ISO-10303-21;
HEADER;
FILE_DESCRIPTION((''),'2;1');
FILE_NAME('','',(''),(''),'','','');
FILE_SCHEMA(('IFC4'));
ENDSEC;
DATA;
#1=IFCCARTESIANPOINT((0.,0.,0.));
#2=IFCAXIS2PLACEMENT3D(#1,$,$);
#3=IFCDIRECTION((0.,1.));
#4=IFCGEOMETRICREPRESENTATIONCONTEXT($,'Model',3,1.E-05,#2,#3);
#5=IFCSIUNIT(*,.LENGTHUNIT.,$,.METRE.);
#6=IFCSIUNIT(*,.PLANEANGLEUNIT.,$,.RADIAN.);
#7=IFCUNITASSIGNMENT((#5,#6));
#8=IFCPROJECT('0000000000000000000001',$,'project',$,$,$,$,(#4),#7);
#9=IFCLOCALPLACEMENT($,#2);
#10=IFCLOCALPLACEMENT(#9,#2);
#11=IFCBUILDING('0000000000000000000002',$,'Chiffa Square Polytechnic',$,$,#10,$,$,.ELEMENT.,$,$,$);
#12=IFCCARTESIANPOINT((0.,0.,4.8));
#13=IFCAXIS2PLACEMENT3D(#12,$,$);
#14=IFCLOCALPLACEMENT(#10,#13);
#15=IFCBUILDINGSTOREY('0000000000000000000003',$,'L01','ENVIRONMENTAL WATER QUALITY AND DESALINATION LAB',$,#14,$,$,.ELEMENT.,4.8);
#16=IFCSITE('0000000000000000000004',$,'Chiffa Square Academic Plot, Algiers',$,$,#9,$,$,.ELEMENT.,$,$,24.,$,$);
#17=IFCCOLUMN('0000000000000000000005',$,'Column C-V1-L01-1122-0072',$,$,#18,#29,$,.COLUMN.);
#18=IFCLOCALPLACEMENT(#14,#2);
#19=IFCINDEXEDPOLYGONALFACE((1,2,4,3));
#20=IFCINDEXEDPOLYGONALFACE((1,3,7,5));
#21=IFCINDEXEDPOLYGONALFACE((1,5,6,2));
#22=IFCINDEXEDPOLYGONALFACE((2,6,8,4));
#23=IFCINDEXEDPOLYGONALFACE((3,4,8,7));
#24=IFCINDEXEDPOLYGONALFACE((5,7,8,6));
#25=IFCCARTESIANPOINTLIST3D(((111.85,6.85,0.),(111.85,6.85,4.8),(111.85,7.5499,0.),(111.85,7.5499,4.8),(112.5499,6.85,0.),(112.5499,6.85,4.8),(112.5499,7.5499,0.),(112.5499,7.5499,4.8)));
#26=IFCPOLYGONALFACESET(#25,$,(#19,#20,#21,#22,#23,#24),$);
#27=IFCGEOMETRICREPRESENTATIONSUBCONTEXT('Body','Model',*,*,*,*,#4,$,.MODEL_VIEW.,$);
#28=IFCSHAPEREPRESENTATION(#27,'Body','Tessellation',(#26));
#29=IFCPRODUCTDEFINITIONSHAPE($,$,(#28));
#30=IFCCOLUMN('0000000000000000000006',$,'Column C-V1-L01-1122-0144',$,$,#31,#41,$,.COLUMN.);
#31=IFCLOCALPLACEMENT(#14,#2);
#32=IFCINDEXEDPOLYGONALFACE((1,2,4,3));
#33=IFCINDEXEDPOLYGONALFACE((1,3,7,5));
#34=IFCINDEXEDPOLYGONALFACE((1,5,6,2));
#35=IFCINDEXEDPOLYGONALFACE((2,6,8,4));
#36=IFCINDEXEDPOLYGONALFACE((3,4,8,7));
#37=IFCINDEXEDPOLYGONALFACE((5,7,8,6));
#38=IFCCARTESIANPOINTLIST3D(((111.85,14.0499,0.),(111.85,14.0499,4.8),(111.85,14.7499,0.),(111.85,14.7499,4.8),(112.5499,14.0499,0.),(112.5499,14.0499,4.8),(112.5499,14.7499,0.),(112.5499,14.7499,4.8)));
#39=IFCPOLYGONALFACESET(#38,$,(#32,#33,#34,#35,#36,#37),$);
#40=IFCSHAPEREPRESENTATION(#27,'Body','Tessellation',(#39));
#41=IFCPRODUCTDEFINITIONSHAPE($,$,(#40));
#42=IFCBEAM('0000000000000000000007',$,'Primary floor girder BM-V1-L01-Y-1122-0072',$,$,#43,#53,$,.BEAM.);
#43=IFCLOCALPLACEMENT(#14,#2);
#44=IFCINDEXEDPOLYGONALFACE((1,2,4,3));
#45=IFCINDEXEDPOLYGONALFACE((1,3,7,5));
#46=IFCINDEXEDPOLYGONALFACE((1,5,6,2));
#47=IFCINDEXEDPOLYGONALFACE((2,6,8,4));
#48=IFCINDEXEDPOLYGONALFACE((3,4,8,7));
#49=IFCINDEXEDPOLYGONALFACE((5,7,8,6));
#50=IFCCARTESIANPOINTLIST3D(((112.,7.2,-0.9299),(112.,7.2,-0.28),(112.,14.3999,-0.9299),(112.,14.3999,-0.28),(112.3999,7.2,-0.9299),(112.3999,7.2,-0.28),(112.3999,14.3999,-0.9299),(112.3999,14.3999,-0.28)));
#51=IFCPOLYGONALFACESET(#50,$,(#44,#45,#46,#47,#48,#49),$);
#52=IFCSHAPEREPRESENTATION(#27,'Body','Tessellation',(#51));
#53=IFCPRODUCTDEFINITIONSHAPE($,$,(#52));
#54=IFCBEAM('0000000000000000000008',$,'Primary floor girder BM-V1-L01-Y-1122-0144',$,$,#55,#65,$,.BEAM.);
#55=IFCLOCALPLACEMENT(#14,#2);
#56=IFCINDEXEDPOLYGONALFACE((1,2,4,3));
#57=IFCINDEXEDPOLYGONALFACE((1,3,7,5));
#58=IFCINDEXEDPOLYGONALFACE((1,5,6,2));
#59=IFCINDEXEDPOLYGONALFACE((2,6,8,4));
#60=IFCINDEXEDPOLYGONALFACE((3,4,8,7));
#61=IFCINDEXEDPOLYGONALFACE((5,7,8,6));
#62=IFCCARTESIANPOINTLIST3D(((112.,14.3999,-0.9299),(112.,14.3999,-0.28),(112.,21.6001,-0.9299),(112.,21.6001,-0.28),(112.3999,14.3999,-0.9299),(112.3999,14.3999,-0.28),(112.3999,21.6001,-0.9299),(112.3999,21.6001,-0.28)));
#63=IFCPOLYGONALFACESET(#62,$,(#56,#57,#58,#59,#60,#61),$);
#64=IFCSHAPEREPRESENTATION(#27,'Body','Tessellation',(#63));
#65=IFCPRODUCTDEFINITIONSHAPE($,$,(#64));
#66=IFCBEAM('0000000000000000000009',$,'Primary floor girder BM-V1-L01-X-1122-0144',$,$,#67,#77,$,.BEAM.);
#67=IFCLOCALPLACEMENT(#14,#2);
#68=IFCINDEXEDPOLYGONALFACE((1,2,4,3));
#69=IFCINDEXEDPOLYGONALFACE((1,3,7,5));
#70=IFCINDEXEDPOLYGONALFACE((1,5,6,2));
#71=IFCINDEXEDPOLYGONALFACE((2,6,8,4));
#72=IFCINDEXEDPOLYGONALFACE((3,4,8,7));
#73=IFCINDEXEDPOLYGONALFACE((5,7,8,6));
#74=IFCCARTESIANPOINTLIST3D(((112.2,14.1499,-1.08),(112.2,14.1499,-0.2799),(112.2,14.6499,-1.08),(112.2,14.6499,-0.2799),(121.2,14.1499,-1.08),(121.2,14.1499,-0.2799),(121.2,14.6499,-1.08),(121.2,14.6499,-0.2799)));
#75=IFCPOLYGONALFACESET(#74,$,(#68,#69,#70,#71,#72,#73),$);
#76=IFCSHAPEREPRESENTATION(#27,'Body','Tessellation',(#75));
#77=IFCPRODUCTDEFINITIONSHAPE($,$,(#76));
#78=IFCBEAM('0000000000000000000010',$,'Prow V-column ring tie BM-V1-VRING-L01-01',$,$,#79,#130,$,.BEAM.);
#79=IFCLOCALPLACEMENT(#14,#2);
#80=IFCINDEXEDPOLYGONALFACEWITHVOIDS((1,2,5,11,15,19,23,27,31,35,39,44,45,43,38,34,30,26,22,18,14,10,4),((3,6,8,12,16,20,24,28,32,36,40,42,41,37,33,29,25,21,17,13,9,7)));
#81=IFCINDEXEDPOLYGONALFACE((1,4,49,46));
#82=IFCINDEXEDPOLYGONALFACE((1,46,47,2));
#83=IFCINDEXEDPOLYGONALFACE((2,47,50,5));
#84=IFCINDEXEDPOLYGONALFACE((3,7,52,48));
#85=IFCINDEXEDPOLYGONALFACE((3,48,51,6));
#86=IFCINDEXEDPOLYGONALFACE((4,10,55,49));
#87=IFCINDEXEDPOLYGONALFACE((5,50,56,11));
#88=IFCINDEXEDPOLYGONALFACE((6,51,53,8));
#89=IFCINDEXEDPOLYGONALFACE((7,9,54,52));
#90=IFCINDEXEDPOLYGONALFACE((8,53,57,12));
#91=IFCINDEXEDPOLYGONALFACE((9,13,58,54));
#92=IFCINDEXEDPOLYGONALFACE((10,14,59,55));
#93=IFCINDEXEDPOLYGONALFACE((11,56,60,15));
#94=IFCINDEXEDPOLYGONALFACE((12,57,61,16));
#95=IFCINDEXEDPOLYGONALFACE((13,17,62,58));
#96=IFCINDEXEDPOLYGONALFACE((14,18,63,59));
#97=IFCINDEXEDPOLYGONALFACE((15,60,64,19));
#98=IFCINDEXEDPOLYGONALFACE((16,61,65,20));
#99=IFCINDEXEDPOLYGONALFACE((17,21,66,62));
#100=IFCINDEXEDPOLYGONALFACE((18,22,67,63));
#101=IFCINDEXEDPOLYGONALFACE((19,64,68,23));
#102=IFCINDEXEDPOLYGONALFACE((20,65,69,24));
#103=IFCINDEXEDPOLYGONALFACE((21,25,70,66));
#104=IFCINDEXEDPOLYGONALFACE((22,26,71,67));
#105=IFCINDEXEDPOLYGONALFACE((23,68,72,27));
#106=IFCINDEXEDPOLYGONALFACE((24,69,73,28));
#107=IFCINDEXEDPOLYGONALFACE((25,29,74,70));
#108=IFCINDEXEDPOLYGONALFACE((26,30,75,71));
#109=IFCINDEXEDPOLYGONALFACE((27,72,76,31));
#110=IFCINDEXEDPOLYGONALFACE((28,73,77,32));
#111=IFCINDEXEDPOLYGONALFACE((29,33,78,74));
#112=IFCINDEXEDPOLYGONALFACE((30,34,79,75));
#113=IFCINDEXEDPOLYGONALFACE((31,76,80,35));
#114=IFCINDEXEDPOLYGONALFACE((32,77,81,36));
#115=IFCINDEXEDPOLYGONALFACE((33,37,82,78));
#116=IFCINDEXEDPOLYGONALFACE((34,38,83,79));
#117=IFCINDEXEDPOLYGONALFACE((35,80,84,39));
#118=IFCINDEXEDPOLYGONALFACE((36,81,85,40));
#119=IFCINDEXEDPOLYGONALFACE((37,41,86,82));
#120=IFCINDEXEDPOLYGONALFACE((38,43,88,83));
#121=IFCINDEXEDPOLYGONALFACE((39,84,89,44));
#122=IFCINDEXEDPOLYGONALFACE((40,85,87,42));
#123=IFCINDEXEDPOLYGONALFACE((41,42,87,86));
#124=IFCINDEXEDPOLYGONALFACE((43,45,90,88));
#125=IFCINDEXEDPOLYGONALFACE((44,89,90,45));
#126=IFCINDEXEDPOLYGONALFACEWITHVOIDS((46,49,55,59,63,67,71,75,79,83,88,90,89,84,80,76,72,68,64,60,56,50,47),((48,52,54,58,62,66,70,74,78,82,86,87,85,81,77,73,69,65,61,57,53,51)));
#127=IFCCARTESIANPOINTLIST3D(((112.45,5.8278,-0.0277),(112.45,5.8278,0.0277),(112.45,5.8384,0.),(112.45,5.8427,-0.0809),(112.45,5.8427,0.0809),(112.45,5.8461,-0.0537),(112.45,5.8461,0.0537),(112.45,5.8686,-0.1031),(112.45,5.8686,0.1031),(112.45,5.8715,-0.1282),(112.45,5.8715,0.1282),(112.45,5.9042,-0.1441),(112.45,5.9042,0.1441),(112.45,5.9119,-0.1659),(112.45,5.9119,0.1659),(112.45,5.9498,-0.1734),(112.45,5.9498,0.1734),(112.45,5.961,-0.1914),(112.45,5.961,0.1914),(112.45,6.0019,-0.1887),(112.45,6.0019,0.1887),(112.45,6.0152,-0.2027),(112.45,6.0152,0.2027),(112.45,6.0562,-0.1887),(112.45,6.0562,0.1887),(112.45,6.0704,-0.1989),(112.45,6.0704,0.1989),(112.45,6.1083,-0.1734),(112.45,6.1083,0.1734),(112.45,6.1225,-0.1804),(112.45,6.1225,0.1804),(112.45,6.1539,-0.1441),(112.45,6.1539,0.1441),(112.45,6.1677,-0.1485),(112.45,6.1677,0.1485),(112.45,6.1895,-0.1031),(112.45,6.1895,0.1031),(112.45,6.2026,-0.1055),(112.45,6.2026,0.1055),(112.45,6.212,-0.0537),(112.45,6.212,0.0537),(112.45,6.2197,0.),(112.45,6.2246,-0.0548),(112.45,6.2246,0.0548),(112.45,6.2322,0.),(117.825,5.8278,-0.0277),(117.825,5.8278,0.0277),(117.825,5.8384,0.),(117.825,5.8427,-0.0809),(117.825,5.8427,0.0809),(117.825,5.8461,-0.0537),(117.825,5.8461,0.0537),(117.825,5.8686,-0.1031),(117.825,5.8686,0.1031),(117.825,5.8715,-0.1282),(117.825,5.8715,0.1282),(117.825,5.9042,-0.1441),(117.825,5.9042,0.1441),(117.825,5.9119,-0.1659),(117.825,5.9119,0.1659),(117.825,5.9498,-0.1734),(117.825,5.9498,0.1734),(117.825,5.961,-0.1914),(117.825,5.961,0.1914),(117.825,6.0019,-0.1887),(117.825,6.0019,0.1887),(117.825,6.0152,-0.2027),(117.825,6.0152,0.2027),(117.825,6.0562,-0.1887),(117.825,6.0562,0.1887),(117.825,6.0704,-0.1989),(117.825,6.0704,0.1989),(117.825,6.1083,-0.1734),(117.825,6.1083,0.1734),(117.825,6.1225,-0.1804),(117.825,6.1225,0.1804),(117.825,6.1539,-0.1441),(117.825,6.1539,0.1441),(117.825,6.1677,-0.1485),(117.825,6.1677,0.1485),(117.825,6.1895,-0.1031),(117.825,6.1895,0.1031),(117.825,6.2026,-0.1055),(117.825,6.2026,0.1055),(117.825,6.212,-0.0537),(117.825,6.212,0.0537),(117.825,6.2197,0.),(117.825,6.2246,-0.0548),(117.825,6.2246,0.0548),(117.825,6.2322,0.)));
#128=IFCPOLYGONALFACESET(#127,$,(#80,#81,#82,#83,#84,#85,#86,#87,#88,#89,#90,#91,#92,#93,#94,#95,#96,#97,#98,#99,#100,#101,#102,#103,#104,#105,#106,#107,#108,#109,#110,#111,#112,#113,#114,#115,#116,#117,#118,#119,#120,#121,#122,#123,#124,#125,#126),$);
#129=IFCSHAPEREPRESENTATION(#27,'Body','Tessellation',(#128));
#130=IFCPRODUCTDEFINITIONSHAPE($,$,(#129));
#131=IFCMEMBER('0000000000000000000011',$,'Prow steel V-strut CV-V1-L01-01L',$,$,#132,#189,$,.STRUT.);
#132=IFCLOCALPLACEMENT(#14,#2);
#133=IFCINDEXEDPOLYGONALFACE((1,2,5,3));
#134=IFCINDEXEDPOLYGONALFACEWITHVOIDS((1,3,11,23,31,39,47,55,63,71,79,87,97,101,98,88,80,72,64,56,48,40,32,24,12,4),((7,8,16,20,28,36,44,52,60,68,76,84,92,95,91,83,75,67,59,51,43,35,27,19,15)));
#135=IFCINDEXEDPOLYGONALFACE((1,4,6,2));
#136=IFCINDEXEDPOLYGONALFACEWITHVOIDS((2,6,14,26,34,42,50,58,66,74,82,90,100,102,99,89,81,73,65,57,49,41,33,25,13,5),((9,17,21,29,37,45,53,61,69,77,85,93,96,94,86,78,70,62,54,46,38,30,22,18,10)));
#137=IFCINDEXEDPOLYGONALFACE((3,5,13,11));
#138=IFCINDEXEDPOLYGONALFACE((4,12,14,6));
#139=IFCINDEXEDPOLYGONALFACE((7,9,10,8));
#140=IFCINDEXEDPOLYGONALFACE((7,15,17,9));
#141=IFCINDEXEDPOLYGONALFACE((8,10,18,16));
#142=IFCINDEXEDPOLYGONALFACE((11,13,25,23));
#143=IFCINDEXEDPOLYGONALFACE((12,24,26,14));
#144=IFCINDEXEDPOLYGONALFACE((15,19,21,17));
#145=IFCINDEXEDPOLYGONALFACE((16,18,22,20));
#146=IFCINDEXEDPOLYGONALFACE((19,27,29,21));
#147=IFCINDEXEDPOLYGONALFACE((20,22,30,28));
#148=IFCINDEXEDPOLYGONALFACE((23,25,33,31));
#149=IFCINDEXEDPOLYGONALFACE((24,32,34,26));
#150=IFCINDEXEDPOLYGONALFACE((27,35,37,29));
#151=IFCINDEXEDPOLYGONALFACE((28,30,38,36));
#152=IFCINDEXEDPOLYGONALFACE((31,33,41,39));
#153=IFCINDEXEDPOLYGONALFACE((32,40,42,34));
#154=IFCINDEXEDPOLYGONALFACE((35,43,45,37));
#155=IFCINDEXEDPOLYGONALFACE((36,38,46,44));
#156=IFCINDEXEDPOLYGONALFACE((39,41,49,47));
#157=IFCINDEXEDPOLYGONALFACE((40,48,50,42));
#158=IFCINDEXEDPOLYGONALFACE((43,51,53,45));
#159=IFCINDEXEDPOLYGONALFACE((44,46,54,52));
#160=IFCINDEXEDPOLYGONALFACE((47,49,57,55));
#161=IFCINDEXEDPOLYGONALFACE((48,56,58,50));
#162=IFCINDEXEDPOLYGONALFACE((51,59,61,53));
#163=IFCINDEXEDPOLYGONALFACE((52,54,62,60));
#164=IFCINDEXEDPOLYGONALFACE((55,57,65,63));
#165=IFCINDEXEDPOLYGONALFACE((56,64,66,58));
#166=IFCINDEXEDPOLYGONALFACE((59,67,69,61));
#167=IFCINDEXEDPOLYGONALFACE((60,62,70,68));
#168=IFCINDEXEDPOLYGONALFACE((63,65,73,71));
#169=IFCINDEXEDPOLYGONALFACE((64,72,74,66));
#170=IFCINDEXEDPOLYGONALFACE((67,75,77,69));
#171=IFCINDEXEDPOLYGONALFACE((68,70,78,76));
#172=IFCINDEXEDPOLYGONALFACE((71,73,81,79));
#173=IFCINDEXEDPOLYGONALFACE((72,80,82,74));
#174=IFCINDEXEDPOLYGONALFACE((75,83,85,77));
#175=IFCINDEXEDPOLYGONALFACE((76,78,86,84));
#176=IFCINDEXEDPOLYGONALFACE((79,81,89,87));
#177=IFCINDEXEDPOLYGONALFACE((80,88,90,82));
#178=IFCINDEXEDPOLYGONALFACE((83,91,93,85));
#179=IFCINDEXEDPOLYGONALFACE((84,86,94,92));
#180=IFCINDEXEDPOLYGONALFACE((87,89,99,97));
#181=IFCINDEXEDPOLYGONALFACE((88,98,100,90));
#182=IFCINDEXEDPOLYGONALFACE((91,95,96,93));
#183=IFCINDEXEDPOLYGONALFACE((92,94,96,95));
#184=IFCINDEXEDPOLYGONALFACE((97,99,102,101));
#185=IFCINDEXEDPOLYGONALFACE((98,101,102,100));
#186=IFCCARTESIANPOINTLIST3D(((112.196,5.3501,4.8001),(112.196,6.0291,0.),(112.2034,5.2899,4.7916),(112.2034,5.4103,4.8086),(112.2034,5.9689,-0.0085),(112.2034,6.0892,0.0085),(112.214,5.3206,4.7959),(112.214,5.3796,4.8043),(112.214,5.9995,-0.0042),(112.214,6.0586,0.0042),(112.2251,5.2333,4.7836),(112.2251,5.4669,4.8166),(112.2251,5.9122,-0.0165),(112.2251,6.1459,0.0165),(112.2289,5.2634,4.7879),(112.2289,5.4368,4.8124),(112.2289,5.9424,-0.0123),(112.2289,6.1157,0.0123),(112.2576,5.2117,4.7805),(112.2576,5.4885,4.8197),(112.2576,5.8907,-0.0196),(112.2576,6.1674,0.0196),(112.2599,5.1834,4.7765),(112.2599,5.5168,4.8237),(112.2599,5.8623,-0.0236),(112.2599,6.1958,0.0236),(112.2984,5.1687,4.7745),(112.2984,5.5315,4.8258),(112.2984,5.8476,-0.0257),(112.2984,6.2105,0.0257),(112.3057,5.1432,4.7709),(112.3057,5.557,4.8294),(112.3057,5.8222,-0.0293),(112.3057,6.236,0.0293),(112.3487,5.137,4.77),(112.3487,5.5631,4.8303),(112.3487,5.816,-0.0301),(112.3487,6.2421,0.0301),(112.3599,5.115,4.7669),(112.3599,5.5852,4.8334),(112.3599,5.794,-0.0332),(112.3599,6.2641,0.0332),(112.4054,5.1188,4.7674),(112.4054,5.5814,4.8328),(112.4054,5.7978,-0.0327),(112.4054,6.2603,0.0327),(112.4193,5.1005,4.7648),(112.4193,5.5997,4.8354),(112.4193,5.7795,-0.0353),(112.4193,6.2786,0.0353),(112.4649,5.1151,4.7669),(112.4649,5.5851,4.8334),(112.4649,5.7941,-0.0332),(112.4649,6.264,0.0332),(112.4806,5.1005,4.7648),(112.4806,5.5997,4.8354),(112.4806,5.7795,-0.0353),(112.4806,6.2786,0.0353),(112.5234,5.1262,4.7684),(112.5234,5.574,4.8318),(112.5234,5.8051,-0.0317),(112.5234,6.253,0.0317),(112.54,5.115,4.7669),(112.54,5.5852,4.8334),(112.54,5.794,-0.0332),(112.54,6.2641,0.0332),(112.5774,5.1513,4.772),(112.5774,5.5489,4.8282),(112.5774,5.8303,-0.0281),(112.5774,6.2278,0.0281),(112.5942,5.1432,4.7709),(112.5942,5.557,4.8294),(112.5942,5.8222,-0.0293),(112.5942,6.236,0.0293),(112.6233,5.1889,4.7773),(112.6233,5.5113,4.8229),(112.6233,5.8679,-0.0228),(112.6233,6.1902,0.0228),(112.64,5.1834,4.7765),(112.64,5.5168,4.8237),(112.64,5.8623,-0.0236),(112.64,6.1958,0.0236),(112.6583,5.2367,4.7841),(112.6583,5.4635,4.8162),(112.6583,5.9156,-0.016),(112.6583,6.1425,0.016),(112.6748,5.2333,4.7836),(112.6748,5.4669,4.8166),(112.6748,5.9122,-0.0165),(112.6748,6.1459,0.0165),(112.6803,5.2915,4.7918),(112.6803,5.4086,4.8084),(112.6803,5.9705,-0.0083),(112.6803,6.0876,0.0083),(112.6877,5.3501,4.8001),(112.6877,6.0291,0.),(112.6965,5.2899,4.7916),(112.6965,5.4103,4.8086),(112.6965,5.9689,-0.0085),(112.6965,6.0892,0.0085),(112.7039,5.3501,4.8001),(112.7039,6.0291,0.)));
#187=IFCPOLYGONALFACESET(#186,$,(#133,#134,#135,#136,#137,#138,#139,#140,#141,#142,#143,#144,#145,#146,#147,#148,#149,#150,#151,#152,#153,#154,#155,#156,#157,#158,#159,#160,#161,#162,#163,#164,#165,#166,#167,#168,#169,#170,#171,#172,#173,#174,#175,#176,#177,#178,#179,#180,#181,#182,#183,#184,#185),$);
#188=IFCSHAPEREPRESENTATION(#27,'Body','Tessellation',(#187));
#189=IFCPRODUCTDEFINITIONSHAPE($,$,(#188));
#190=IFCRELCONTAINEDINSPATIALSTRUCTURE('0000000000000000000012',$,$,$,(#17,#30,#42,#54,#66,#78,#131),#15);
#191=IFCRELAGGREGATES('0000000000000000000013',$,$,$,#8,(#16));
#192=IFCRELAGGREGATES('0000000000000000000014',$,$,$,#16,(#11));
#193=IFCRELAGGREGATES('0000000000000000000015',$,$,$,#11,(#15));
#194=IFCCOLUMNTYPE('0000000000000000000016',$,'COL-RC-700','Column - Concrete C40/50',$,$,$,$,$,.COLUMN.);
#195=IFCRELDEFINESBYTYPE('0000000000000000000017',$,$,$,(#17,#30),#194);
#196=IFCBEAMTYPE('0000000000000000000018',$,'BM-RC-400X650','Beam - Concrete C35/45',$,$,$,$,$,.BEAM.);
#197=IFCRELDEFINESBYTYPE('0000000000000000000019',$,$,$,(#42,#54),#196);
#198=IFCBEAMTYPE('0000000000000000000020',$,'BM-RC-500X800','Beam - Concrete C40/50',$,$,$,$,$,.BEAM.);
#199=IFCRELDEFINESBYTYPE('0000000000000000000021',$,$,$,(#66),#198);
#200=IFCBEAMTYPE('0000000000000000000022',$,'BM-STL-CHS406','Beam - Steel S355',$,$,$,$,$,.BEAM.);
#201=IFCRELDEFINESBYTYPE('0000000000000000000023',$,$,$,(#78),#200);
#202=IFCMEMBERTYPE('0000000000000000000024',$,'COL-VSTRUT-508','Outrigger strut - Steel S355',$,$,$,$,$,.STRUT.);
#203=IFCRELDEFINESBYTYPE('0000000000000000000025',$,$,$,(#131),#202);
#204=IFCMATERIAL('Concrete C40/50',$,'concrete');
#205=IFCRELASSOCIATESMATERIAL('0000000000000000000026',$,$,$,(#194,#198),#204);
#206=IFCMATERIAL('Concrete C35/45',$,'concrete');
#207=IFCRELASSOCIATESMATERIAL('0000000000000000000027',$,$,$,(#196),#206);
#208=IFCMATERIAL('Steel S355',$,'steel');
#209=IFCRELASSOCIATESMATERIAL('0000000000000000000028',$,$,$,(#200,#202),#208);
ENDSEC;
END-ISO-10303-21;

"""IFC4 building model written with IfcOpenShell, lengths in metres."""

from ifc_helpers import new_model, si_unit, direction, frame, origin, origin_2d, place, context, subcontext, project, spatial, rectangle, hollow_circle, extrude, material, material_profile, profile_set, type_object, element, save


model = new_model("IFC4")

# Units and contexts
model_context = context("Model", 3, precision=1e-05, world=origin(), true_north=direction((0.0, 1.0)))
body_context = subcontext(model_context, "Body", "Model", "MODEL_VIEW")
ifc_project = project(units=[si_unit("LENGTHUNIT", "METRE"), si_unit("PLANEANGLEUNIT", "RADIAN")], contexts=[model_context])

# Site, building, storey
site_placement = place(None, origin())
site = spatial("IfcSite", under=ifc_project, at=site_placement, Name="Chiffa Square Academic Plot, Algiers", CompositionType="ELEMENT", RefElevation=24.0)
building_placement = place(site_placement, origin())
building = spatial("IfcBuilding", under=site, at=building_placement, Name="Chiffa Square Polytechnic", CompositionType="ELEMENT")
storey_placement = place(building_placement, frame((0.0, 0.0, 4.8)))
storey = spatial("IfcBuildingStorey", under=building, at=storey_placement, Name="L01", Description="ENVIRONMENTAL WATER QUALITY AND DESALINATION LAB", CompositionType="ELEMENT", Elevation=4.8)

# Columns
ifc_material_1 = material(Name="Concrete C40/50", Category="concrete")
ifc_material_profile_1 = material_profile(ifc_material_1, rectangle(XDim=0.7, YDim=0.7, at=origin_2d()), Name="RC 700x700")
ifc_profile_set_1 = profile_set([ifc_material_profile_1], Name="Concrete C40/50")
column_type = type_object("IfcColumnType", Name="COL-RC-700", Description="Column - Concrete C40/50", PredefinedType="COLUMN", material=ifc_profile_set_1)
for number, where, z_axis, x_axis, name in (
    (1, (112.2, 7.2, 0.0), (0.0, 0.0, 1.0), (1.0, 0.0, 0.0), "Column C-V1-L01-1122-0072"),
    (2, (112.2, 14.3999, 0.0), (0.0, 0.0, 1.0), (1.0, 0.0, 0.0), "Column C-V1-L01-1122-0144"),
):
    element("IfcColumn", number, at=place(storey_placement, frame(where, z_axis=z_axis, x_axis=x_axis)), inside=storey, type_object=column_type, Name=name, PredefinedType="COLUMN", context=body_context, shape_type="SweptSolid", body=[
        extrude(rectangle(XDim=0.7, YDim=0.7, at=origin_2d()), origin(), (0.0, 0.0, 1.0), 4.8),
    ])

# Beams
ifc_material_2 = material(Name="Concrete C35/45", Category="concrete")
ifc_material_profile_2 = material_profile(ifc_material_2, rectangle(XDim=0.3999, YDim=0.6499, at=origin_2d()), Name="RC 400x650")
ifc_profile_set_2 = profile_set([ifc_material_profile_2], Name="Concrete C35/45")
beam_type_1 = type_object("IfcBeamType", Name="BM-RC-400X650", Description="Beam - Concrete C35/45", PredefinedType="BEAM", material=ifc_profile_set_2)
beam_1_placement = place(storey_placement, frame((112.2, 7.2, -0.605), z_axis=(0.0, 1.0, 0.0), x_axis=(-1.0, 0.0, 0.0)))
element("IfcBeam", 3, at=beam_1_placement, inside=storey, type_object=beam_type_1, Name="Primary floor girder BM-V1-L01-Y-1122-0072", PredefinedType="BEAM", context=body_context, shape_type="SweptSolid", body=[
    extrude(rectangle(XDim=0.3999, YDim=0.6499, at=origin_2d()), origin(), (0.0, 0.0, 1.0), 7.2),
])
beam_2_placement = place(storey_placement, frame((112.2, 14.3999, -0.605), z_axis=(0.0, 1.0, 0.0), x_axis=(-1.0, 0.0, 0.0)))
element("IfcBeam", 4, at=beam_2_placement, inside=storey, type_object=beam_type_1, Name="Primary floor girder BM-V1-L01-Y-1122-0144", PredefinedType="BEAM", context=body_context, shape_type="SweptSolid", body=[
    extrude(rectangle(XDim=0.3999, YDim=0.6499, at=origin_2d()), origin(), (0.0, 0.0, 1.0), 7.2002),
])
ifc_material_profile_3 = material_profile(ifc_material_1, rectangle(XDim=0.5, YDim=0.8, at=origin_2d()), Name="RC 500x800")
ifc_profile_set_3 = profile_set([ifc_material_profile_3], Name="Concrete C40/50")
beam_type_2 = type_object("IfcBeamType", Name="BM-RC-500X800", Description="Beam - Concrete C40/50", PredefinedType="BEAM", material=ifc_profile_set_3)
beam_3_placement = place(storey_placement, frame((112.2, 14.3999, -0.6799), z_axis=(1.0, 0.0, 0.0), x_axis=(0.0, 1.0, 0.0)))
element("IfcBeam", 5, at=beam_3_placement, inside=storey, type_object=beam_type_2, Name="Primary floor girder BM-V1-L01-X-1122-0144", PredefinedType="BEAM", context=body_context, shape_type="SweptSolid", body=[
    extrude(rectangle(XDim=0.5, YDim=0.8, at=origin_2d()), origin(), (0.0, 0.0, 1.0), 9.0),
])
ifc_material_3 = material(Name="Steel S355", Category="steel")
ifc_material_profile_4 = material_profile(ifc_material_3, hollow_circle(Radius=0.2031, WallThickness=0.0125, at=origin_2d()), Name="CHS 406.4x12.5")
ifc_profile_set_4 = profile_set([ifc_material_profile_4], Name="Steel S355")
beam_type_3 = type_object("IfcBeamType", Name="BM-STL-CHS406", Description="Beam - Steel S355", PredefinedType="BEAM", material=ifc_profile_set_4)
beam_4_placement = place(storey_placement, frame((112.45, 6.0291, 0.0), z_axis=(1.0, 0.0, 0.0), x_axis=(0.0, 1.0, 0.0)))
element("IfcBeam", 6, at=beam_4_placement, inside=storey, type_object=beam_type_3, Name="Prow V-column ring tie BM-V1-VRING-L01-01", PredefinedType="BEAM", context=body_context, shape_type="SweptSolid", body=[
    extrude(hollow_circle(Radius=0.2031, WallThickness=0.0125, at=origin_2d()), origin(), (0.0, 0.0, 1.0), 5.375),
])

# Member
ifc_material_profile_5 = material_profile(ifc_material_3, hollow_circle(Radius=0.2539, WallThickness=0.0161, at=origin_2d()), Name="CHS 508x16")
ifc_profile_set_5 = profile_set([ifc_material_profile_5], Name="Steel S355")
member_type_1 = type_object("IfcMemberType", Name="COL-VSTRUT-508", Description="Outrigger strut - Steel S355", PredefinedType="STRUT", material=ifc_profile_set_5)
member_1_placement = place(storey_placement, frame((112.45, 6.0291, 0.0), z_axis=(0.0, -0.140053, 0.990144), x_axis=(1.0, 0.0, 0.0)))
element("IfcMember", 7, at=member_1_placement, inside=storey, type_object=member_type_1, Name="Prow steel V-strut CV-V1-L01-01L", PredefinedType="STRUT", context=body_context, shape_type="SweptSolid", body=[
    extrude(hollow_circle(Radius=0.2539, WallThickness=0.0161, at=origin_2d()), origin(), (0.0, 0.0, 1.0), 4.8479),
])

save(model, "model.ifc")
